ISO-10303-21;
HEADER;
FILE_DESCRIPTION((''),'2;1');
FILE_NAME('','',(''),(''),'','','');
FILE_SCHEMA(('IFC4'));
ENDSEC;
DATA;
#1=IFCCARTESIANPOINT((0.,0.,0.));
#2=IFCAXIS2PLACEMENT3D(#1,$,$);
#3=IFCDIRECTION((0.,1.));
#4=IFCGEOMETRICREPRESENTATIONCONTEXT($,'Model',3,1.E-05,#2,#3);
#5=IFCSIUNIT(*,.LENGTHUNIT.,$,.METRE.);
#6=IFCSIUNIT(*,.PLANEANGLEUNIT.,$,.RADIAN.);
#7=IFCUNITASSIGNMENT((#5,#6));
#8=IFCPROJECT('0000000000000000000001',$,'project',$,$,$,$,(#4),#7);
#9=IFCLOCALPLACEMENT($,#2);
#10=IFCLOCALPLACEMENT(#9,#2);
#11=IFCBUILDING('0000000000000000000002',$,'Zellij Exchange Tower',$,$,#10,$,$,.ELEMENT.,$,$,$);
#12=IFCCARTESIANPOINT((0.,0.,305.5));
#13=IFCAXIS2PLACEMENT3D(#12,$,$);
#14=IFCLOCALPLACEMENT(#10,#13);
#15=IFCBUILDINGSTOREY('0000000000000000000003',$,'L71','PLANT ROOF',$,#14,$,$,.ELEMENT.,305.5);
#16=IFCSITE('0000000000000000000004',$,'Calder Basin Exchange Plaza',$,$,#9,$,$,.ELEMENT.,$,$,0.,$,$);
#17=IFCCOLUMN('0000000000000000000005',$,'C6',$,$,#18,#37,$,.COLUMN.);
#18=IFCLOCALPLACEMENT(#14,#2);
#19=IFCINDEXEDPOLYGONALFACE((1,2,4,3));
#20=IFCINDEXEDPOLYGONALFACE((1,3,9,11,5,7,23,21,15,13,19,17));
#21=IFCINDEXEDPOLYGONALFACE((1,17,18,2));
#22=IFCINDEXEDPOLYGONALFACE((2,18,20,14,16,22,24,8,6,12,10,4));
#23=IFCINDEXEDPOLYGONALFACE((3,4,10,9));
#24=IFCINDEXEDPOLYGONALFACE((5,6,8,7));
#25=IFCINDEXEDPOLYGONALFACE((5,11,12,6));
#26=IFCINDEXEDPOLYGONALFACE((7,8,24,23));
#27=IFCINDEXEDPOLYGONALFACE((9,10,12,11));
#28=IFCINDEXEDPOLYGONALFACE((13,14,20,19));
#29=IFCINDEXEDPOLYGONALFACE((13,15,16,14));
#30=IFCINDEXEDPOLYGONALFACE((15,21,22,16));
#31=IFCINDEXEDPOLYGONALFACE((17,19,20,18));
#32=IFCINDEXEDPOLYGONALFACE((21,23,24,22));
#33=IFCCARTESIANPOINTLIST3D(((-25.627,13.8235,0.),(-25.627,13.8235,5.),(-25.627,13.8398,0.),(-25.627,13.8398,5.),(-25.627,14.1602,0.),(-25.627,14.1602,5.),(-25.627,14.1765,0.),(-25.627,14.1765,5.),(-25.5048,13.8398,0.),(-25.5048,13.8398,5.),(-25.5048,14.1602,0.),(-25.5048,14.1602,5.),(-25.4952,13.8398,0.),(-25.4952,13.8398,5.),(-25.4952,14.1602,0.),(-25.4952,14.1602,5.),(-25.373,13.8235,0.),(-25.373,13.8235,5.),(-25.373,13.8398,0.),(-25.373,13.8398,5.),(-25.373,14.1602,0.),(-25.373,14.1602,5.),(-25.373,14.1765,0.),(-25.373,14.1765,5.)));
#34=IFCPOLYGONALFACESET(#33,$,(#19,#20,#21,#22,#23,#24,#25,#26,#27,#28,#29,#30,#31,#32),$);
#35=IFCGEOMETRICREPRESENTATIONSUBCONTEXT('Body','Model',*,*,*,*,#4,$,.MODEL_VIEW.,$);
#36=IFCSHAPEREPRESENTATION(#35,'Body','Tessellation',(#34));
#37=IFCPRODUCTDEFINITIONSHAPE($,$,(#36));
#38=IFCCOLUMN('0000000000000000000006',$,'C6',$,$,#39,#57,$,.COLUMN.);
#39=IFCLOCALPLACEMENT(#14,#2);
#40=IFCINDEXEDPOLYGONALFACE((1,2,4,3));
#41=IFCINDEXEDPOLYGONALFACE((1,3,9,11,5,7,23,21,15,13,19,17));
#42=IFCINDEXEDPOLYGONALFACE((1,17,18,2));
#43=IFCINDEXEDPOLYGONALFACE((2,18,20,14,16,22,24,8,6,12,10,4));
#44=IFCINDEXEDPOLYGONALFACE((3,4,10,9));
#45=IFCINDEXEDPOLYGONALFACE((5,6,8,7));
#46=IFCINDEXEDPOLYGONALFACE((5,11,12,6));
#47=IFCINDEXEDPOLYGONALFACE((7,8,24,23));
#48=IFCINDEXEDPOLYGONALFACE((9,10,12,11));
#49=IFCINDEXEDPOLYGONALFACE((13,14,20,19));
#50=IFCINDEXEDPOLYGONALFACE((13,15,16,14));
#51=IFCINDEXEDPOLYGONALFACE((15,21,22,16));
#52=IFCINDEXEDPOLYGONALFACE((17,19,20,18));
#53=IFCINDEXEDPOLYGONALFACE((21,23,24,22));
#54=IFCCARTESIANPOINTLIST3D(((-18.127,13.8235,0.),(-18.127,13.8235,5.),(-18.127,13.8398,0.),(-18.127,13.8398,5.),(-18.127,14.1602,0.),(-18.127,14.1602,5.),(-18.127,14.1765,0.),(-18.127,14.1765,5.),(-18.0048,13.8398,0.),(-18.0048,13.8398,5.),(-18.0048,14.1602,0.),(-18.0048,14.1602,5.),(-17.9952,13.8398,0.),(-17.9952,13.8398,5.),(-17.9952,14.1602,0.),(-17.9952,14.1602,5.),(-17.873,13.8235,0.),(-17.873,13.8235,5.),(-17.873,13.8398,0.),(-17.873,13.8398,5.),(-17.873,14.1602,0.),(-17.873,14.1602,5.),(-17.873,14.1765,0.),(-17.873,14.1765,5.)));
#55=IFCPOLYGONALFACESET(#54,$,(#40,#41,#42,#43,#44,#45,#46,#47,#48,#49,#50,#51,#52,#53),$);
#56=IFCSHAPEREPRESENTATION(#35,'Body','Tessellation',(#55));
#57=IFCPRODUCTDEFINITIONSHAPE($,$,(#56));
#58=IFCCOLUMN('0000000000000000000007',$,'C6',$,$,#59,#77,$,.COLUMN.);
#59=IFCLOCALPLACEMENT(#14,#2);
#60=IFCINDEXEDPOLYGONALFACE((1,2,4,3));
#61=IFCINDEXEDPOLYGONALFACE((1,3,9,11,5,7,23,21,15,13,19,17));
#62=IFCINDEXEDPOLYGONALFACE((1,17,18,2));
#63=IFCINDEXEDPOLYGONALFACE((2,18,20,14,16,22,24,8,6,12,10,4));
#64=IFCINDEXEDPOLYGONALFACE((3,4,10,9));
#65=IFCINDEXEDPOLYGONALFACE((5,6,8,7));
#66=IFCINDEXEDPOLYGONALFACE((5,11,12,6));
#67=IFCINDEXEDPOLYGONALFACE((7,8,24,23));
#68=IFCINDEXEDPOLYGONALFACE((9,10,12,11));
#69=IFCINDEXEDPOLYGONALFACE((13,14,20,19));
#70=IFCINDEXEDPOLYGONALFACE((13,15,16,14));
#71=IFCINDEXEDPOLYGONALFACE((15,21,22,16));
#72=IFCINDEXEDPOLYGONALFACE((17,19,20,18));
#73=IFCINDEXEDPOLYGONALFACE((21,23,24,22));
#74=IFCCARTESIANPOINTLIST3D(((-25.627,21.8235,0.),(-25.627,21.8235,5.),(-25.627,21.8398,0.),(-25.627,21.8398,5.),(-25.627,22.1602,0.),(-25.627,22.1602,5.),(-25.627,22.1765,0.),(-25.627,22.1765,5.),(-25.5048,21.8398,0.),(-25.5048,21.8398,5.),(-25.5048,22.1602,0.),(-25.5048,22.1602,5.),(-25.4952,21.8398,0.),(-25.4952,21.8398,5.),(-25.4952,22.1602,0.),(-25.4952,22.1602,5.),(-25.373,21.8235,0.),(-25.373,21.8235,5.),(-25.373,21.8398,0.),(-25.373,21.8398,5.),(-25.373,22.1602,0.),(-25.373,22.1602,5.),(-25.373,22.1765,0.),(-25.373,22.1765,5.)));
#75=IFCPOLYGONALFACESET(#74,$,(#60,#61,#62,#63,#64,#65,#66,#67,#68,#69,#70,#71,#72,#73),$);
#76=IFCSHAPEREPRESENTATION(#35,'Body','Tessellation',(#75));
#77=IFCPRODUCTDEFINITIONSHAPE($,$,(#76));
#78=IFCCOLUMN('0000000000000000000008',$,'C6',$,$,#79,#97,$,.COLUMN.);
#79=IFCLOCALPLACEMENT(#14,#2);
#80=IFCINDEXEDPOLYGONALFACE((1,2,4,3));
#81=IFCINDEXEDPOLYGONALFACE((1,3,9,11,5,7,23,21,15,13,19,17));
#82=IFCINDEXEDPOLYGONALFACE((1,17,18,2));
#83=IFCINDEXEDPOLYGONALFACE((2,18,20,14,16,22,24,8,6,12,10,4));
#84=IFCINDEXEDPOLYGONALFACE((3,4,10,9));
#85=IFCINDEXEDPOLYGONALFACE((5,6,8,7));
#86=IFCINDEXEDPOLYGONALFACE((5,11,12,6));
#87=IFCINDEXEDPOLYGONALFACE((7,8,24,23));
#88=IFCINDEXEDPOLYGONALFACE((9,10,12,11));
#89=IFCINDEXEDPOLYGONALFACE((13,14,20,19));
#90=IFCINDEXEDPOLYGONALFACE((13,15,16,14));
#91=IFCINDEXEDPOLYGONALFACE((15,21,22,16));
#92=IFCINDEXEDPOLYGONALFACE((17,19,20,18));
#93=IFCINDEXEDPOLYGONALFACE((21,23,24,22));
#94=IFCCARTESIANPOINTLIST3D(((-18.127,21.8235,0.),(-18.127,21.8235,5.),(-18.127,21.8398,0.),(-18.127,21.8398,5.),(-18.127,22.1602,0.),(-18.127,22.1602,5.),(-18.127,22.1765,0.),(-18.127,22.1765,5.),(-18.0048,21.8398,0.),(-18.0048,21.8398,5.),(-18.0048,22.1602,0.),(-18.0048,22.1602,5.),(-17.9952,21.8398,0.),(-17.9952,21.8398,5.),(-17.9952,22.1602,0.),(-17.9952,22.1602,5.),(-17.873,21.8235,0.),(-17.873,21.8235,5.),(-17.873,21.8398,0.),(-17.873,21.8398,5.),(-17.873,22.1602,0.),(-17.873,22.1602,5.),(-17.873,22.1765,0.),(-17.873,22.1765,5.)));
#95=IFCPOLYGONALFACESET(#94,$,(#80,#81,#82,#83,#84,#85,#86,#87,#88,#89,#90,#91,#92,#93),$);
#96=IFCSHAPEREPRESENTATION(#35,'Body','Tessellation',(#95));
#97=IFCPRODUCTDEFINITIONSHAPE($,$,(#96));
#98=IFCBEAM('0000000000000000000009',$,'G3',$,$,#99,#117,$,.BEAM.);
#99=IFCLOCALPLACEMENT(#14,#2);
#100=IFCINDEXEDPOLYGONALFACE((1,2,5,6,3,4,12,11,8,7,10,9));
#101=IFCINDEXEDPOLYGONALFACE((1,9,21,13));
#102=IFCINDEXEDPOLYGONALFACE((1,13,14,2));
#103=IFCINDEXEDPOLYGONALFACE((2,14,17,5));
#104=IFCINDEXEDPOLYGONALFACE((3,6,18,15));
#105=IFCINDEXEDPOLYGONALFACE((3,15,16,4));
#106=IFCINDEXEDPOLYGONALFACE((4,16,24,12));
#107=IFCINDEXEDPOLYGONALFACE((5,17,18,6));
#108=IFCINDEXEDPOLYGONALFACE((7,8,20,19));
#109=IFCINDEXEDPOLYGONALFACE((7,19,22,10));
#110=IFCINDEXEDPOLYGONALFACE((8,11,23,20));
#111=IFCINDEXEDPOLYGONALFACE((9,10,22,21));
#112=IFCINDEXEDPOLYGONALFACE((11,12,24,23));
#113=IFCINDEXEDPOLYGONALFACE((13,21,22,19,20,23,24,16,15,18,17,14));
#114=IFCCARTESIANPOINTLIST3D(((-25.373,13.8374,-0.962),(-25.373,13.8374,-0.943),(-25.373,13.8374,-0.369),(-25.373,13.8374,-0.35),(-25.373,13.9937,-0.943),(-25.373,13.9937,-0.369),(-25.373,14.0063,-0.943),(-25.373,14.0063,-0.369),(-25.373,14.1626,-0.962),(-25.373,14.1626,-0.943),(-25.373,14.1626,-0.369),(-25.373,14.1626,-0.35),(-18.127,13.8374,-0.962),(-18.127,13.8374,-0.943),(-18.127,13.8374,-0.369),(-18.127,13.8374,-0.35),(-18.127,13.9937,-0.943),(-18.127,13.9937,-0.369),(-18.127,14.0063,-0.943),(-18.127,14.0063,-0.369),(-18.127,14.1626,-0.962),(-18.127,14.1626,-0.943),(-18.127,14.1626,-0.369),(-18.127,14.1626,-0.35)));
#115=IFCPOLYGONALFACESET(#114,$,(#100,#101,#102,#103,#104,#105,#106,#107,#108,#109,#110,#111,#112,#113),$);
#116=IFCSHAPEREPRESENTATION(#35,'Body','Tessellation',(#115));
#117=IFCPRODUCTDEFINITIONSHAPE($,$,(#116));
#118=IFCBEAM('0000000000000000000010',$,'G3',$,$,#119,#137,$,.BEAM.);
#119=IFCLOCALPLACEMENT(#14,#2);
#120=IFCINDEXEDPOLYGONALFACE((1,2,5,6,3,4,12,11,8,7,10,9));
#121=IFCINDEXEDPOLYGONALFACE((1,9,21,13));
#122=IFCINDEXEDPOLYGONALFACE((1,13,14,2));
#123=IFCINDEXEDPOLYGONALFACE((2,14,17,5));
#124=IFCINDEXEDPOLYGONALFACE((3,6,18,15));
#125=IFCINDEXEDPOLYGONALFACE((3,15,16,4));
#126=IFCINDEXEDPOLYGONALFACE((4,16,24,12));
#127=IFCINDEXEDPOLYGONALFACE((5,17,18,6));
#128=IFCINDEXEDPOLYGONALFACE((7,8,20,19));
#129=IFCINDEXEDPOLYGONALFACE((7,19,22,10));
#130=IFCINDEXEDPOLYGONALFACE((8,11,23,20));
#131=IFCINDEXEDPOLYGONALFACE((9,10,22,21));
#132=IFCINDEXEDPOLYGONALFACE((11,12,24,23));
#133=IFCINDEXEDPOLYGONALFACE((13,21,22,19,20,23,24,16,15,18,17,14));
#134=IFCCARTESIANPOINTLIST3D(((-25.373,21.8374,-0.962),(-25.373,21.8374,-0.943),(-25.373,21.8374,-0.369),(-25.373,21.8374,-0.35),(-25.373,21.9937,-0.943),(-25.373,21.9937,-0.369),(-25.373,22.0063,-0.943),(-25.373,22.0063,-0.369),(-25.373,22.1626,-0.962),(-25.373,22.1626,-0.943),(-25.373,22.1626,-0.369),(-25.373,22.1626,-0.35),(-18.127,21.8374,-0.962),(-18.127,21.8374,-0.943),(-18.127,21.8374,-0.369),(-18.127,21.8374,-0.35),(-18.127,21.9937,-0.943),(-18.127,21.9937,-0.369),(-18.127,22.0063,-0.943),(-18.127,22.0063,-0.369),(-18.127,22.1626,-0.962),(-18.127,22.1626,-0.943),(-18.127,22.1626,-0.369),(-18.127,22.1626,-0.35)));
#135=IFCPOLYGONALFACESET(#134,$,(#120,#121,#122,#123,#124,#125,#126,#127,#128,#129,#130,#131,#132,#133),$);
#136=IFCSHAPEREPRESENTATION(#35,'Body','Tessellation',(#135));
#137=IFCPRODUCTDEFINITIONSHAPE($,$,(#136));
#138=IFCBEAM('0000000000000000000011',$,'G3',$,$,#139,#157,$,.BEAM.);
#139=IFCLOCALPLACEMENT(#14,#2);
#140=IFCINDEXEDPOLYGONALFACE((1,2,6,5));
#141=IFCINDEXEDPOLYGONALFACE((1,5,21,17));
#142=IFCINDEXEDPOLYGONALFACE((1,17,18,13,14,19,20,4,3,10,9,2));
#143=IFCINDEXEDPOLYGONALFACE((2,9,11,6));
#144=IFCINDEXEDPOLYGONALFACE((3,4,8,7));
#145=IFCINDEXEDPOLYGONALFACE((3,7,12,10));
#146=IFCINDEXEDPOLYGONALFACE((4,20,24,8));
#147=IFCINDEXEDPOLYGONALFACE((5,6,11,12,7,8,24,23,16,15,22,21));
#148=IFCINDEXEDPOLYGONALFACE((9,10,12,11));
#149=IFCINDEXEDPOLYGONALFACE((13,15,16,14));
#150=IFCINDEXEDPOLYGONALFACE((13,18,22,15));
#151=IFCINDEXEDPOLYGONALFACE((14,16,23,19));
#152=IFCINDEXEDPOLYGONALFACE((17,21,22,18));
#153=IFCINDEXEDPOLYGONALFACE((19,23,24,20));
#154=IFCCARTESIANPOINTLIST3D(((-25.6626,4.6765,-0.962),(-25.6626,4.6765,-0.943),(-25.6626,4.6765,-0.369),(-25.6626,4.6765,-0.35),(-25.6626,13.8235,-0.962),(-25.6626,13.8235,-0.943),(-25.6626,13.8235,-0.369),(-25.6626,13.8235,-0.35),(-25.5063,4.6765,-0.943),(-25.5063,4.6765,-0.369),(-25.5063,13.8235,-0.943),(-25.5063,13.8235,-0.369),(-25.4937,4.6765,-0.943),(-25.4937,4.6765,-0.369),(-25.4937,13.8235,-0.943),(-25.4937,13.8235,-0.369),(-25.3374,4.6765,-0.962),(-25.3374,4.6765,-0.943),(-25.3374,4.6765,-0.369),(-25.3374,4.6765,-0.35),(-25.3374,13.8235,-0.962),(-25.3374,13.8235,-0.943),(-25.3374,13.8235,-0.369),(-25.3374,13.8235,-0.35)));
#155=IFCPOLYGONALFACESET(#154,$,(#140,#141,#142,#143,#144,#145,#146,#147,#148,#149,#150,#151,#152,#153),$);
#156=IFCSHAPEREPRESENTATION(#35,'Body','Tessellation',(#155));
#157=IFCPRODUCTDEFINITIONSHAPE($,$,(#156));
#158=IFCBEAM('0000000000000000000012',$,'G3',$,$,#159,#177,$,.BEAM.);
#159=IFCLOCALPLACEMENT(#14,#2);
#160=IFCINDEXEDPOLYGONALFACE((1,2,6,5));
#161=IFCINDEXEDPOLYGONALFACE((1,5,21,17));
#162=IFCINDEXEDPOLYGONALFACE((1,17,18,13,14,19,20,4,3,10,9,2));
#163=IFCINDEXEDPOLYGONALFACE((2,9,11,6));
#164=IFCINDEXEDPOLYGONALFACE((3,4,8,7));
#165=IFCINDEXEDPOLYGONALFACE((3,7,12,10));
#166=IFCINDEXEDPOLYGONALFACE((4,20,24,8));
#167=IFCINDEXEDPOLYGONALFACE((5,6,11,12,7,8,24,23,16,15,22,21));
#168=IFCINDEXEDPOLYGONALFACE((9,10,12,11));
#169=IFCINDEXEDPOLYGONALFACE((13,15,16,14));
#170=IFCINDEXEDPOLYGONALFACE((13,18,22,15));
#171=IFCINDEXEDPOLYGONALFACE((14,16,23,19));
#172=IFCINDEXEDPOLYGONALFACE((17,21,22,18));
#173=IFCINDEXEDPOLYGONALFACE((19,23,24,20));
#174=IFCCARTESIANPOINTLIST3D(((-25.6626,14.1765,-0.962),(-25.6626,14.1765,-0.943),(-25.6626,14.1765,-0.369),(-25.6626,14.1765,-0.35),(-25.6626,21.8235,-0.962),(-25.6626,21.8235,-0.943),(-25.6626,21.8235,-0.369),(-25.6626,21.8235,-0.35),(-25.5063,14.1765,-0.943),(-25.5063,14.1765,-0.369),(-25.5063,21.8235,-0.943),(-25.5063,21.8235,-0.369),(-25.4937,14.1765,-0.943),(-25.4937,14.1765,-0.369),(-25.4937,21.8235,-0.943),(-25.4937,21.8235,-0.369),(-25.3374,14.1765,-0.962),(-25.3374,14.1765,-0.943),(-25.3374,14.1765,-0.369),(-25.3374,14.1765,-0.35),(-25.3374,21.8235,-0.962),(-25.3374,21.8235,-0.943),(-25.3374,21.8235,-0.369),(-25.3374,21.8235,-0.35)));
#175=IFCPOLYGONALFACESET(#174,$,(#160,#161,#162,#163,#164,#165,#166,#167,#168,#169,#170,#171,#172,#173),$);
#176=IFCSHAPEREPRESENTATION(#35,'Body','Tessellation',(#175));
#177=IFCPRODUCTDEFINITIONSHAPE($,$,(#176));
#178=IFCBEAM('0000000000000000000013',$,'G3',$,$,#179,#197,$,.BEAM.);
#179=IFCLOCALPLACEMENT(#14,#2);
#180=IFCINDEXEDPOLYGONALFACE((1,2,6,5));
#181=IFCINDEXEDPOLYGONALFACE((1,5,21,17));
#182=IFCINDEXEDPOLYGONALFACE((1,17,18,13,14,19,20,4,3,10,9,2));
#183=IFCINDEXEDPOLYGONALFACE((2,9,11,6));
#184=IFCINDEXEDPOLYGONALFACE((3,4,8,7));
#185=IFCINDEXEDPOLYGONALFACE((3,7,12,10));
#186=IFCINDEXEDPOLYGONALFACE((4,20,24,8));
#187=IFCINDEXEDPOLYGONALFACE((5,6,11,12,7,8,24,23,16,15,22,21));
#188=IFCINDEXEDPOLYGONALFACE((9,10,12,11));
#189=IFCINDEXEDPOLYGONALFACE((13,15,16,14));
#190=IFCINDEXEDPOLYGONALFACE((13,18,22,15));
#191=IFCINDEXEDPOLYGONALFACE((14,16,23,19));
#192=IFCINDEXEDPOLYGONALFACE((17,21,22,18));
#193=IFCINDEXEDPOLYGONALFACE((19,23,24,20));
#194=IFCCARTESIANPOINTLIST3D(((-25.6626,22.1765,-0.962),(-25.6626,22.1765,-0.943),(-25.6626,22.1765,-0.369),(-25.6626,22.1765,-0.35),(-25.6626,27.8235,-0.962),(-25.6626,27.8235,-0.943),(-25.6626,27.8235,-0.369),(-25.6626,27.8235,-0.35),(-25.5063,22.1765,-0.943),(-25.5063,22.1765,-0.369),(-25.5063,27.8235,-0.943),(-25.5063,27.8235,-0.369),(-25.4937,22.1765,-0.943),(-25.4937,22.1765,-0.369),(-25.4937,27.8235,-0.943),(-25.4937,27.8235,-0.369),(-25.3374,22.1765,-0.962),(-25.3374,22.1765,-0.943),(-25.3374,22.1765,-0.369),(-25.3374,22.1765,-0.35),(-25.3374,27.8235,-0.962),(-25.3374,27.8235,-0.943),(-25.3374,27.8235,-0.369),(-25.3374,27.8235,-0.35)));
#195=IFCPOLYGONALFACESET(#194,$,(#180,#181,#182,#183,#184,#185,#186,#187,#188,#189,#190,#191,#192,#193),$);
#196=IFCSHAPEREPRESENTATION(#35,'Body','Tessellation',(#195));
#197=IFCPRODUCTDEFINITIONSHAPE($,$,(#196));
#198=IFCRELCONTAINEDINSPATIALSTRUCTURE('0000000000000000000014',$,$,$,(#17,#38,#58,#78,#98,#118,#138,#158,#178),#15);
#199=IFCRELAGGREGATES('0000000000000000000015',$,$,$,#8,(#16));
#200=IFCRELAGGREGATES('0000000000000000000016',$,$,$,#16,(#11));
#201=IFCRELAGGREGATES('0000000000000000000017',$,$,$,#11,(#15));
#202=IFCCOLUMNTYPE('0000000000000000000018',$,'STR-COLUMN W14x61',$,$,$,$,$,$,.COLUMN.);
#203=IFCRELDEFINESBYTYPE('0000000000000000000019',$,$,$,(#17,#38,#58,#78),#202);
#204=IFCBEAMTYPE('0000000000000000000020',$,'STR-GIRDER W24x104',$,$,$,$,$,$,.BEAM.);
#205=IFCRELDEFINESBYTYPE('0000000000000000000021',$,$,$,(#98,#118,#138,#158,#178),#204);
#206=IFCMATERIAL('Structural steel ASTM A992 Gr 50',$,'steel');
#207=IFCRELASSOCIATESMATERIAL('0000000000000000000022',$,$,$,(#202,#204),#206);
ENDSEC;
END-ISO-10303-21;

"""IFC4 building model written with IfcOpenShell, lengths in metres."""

from ifc_helpers import new_model, si_unit, direction, frame, origin, origin_2d, place, context, subcontext, project, spatial, i_section, extrude, material, material_profile, profile_set, type_object, element, save


model = new_model("IFC4")

# Units and contexts
model_context = context("Model", 3, precision=1e-05, world=origin(), true_north=direction((0.0, 1.0)))
body_context = subcontext(model_context, "Body", "Model", "MODEL_VIEW")
ifc_project = project(units=[si_unit("LENGTHUNIT", "METRE"), si_unit("PLANEANGLEUNIT", "RADIAN")], contexts=[model_context])

# Site, building, storey
site_placement = place(None, origin())
site = spatial("IfcSite", under=ifc_project, at=site_placement, Name="Calder Basin Exchange Plaza", CompositionType="ELEMENT", RefElevation=0.0)
building_placement = place(site_placement, origin())
building = spatial("IfcBuilding", under=site, at=building_placement, Name="Zellij Exchange Tower", CompositionType="ELEMENT")
storey_placement = place(building_placement, frame((0.0, 0.0, 305.5)))
storey = spatial("IfcBuildingStorey", under=building, at=storey_placement, Name="L71", Description="PLANT ROOF", CompositionType="ELEMENT", Elevation=305.5)

# Columns
ifc_material_1 = material(Name="Structural steel ASTM A992 Gr 50", Category="steel")
ifc_material_profile_1 = material_profile(ifc_material_1, i_section(OverallWidth=0.2539, OverallDepth=0.353, WebThickness=0.0095, FlangeThickness=0.0164, at=origin_2d()), Name="W14x61")
ifc_profile_set_1 = profile_set([ifc_material_profile_1], Name="Structural steel ASTM A992 Gr 50")
column_type = type_object("IfcColumnType", Name="STR-COLUMN W14x61", PredefinedType="COLUMN", material=ifc_profile_set_1)
for number, where, z_axis, x_axis, name in (
    (1, (-25.5, 14.0, 0.0), (0.0, 0.0, 1.0), (1.0, 0.0, 0.0), "C6"),
    (2, (-18.0, 14.0, 0.0), (0.0, 0.0, 1.0), (1.0, 0.0, 0.0), "C6"),
    (3, (-25.5, 22.0, 0.0), (0.0, 0.0, 1.0), (1.0, 0.0, 0.0), "C6"),
    (4, (-18.0, 22.0, 0.0), (0.0, 0.0, 1.0), (1.0, 0.0, 0.0), "C6"),
):
    element("IfcColumn", number, at=place(storey_placement, frame(where, z_axis=z_axis, x_axis=x_axis)), inside=storey, type_object=column_type, Name=name, PredefinedType="COLUMN", context=body_context, shape_type="SweptSolid", body=[
        extrude(i_section(OverallWidth=0.2539, OverallDepth=0.353, WebThickness=0.0095, FlangeThickness=0.0164, at=origin_2d()), origin(), (0.0, 0.0, 1.0), 5.0),
    ])

# Beams
ifc_material_profile_2 = material_profile(ifc_material_1, i_section(OverallWidth=0.3252, OverallDepth=0.6121, WebThickness=0.0127, FlangeThickness=0.019, at=origin_2d()), Name="W24x104")
ifc_profile_set_2 = profile_set([ifc_material_profile_2], Name="Structural steel ASTM A992 Gr 50")
beam_type = type_object("IfcBeamType", Name="STR-GIRDER W24x104", PredefinedType="BEAM", material=ifc_profile_set_2)
for number, where, z_axis, x_axis, name in (
    (5, (-25.373, 14.0, -0.656), (1.0, 0.0, 0.0), (0.0, 1.0, 0.0), "G3"),
    (6, (-25.373, 22.0, -0.656), (1.0, 0.0, 0.0), (0.0, 1.0, 0.0), "G3"),
):
    element("IfcBeam", number, at=place(storey_placement, frame(where, z_axis=z_axis, x_axis=x_axis)), inside=storey, type_object=beam_type, Name=name, PredefinedType="BEAM", context=body_context, shape_type="SweptSolid", body=[
        extrude(i_section(OverallWidth=0.3252, OverallDepth=0.6121, WebThickness=0.0127, FlangeThickness=0.019, at=origin_2d()), origin(), (0.0, 0.0, 1.0), 7.2461),
    ])
beam_1_placement = place(storey_placement, frame((-25.5, 4.6765, -0.656), z_axis=(0.0, 1.0, 0.0), x_axis=(-1.0, 0.0, 0.0)))
element("IfcBeam", 7, at=beam_1_placement, inside=storey, type_object=beam_type, Name="G3", PredefinedType="BEAM", context=body_context, shape_type="SweptSolid", body=[
    extrude(i_section(OverallWidth=0.3252, OverallDepth=0.6121, WebThickness=0.0127, FlangeThickness=0.019, at=origin_2d()), origin(), (0.0, 0.0, 1.0), 9.147),
])
beam_2_placement = place(storey_placement, frame((-25.5, 14.1765, -0.656), z_axis=(0.0, 1.0, 0.0), x_axis=(-1.0, 0.0, 0.0)))
element("IfcBeam", 8, at=beam_2_placement, inside=storey, type_object=beam_type, Name="G3", PredefinedType="BEAM", context=body_context, shape_type="SweptSolid", body=[
    extrude(i_section(OverallWidth=0.3252, OverallDepth=0.6121, WebThickness=0.0127, FlangeThickness=0.019, at=origin_2d()), origin(), (0.0, 0.0, 1.0), 7.647),
])
beam_3_placement = place(storey_placement, frame((-25.5, 22.1765, -0.656), z_axis=(0.0, 1.0, 0.0), x_axis=(-1.0, 0.0, 0.0)))
element("IfcBeam", 9, at=beam_3_placement, inside=storey, type_object=beam_type, Name="G3", PredefinedType="BEAM", context=body_context, shape_type="SweptSolid", body=[
    extrude(i_section(OverallWidth=0.3252, OverallDepth=0.6121, WebThickness=0.0127, FlangeThickness=0.019, at=origin_2d()), origin(), (0.0, 0.0, 1.0), 5.647),
])

save(model, "model.ifc")
